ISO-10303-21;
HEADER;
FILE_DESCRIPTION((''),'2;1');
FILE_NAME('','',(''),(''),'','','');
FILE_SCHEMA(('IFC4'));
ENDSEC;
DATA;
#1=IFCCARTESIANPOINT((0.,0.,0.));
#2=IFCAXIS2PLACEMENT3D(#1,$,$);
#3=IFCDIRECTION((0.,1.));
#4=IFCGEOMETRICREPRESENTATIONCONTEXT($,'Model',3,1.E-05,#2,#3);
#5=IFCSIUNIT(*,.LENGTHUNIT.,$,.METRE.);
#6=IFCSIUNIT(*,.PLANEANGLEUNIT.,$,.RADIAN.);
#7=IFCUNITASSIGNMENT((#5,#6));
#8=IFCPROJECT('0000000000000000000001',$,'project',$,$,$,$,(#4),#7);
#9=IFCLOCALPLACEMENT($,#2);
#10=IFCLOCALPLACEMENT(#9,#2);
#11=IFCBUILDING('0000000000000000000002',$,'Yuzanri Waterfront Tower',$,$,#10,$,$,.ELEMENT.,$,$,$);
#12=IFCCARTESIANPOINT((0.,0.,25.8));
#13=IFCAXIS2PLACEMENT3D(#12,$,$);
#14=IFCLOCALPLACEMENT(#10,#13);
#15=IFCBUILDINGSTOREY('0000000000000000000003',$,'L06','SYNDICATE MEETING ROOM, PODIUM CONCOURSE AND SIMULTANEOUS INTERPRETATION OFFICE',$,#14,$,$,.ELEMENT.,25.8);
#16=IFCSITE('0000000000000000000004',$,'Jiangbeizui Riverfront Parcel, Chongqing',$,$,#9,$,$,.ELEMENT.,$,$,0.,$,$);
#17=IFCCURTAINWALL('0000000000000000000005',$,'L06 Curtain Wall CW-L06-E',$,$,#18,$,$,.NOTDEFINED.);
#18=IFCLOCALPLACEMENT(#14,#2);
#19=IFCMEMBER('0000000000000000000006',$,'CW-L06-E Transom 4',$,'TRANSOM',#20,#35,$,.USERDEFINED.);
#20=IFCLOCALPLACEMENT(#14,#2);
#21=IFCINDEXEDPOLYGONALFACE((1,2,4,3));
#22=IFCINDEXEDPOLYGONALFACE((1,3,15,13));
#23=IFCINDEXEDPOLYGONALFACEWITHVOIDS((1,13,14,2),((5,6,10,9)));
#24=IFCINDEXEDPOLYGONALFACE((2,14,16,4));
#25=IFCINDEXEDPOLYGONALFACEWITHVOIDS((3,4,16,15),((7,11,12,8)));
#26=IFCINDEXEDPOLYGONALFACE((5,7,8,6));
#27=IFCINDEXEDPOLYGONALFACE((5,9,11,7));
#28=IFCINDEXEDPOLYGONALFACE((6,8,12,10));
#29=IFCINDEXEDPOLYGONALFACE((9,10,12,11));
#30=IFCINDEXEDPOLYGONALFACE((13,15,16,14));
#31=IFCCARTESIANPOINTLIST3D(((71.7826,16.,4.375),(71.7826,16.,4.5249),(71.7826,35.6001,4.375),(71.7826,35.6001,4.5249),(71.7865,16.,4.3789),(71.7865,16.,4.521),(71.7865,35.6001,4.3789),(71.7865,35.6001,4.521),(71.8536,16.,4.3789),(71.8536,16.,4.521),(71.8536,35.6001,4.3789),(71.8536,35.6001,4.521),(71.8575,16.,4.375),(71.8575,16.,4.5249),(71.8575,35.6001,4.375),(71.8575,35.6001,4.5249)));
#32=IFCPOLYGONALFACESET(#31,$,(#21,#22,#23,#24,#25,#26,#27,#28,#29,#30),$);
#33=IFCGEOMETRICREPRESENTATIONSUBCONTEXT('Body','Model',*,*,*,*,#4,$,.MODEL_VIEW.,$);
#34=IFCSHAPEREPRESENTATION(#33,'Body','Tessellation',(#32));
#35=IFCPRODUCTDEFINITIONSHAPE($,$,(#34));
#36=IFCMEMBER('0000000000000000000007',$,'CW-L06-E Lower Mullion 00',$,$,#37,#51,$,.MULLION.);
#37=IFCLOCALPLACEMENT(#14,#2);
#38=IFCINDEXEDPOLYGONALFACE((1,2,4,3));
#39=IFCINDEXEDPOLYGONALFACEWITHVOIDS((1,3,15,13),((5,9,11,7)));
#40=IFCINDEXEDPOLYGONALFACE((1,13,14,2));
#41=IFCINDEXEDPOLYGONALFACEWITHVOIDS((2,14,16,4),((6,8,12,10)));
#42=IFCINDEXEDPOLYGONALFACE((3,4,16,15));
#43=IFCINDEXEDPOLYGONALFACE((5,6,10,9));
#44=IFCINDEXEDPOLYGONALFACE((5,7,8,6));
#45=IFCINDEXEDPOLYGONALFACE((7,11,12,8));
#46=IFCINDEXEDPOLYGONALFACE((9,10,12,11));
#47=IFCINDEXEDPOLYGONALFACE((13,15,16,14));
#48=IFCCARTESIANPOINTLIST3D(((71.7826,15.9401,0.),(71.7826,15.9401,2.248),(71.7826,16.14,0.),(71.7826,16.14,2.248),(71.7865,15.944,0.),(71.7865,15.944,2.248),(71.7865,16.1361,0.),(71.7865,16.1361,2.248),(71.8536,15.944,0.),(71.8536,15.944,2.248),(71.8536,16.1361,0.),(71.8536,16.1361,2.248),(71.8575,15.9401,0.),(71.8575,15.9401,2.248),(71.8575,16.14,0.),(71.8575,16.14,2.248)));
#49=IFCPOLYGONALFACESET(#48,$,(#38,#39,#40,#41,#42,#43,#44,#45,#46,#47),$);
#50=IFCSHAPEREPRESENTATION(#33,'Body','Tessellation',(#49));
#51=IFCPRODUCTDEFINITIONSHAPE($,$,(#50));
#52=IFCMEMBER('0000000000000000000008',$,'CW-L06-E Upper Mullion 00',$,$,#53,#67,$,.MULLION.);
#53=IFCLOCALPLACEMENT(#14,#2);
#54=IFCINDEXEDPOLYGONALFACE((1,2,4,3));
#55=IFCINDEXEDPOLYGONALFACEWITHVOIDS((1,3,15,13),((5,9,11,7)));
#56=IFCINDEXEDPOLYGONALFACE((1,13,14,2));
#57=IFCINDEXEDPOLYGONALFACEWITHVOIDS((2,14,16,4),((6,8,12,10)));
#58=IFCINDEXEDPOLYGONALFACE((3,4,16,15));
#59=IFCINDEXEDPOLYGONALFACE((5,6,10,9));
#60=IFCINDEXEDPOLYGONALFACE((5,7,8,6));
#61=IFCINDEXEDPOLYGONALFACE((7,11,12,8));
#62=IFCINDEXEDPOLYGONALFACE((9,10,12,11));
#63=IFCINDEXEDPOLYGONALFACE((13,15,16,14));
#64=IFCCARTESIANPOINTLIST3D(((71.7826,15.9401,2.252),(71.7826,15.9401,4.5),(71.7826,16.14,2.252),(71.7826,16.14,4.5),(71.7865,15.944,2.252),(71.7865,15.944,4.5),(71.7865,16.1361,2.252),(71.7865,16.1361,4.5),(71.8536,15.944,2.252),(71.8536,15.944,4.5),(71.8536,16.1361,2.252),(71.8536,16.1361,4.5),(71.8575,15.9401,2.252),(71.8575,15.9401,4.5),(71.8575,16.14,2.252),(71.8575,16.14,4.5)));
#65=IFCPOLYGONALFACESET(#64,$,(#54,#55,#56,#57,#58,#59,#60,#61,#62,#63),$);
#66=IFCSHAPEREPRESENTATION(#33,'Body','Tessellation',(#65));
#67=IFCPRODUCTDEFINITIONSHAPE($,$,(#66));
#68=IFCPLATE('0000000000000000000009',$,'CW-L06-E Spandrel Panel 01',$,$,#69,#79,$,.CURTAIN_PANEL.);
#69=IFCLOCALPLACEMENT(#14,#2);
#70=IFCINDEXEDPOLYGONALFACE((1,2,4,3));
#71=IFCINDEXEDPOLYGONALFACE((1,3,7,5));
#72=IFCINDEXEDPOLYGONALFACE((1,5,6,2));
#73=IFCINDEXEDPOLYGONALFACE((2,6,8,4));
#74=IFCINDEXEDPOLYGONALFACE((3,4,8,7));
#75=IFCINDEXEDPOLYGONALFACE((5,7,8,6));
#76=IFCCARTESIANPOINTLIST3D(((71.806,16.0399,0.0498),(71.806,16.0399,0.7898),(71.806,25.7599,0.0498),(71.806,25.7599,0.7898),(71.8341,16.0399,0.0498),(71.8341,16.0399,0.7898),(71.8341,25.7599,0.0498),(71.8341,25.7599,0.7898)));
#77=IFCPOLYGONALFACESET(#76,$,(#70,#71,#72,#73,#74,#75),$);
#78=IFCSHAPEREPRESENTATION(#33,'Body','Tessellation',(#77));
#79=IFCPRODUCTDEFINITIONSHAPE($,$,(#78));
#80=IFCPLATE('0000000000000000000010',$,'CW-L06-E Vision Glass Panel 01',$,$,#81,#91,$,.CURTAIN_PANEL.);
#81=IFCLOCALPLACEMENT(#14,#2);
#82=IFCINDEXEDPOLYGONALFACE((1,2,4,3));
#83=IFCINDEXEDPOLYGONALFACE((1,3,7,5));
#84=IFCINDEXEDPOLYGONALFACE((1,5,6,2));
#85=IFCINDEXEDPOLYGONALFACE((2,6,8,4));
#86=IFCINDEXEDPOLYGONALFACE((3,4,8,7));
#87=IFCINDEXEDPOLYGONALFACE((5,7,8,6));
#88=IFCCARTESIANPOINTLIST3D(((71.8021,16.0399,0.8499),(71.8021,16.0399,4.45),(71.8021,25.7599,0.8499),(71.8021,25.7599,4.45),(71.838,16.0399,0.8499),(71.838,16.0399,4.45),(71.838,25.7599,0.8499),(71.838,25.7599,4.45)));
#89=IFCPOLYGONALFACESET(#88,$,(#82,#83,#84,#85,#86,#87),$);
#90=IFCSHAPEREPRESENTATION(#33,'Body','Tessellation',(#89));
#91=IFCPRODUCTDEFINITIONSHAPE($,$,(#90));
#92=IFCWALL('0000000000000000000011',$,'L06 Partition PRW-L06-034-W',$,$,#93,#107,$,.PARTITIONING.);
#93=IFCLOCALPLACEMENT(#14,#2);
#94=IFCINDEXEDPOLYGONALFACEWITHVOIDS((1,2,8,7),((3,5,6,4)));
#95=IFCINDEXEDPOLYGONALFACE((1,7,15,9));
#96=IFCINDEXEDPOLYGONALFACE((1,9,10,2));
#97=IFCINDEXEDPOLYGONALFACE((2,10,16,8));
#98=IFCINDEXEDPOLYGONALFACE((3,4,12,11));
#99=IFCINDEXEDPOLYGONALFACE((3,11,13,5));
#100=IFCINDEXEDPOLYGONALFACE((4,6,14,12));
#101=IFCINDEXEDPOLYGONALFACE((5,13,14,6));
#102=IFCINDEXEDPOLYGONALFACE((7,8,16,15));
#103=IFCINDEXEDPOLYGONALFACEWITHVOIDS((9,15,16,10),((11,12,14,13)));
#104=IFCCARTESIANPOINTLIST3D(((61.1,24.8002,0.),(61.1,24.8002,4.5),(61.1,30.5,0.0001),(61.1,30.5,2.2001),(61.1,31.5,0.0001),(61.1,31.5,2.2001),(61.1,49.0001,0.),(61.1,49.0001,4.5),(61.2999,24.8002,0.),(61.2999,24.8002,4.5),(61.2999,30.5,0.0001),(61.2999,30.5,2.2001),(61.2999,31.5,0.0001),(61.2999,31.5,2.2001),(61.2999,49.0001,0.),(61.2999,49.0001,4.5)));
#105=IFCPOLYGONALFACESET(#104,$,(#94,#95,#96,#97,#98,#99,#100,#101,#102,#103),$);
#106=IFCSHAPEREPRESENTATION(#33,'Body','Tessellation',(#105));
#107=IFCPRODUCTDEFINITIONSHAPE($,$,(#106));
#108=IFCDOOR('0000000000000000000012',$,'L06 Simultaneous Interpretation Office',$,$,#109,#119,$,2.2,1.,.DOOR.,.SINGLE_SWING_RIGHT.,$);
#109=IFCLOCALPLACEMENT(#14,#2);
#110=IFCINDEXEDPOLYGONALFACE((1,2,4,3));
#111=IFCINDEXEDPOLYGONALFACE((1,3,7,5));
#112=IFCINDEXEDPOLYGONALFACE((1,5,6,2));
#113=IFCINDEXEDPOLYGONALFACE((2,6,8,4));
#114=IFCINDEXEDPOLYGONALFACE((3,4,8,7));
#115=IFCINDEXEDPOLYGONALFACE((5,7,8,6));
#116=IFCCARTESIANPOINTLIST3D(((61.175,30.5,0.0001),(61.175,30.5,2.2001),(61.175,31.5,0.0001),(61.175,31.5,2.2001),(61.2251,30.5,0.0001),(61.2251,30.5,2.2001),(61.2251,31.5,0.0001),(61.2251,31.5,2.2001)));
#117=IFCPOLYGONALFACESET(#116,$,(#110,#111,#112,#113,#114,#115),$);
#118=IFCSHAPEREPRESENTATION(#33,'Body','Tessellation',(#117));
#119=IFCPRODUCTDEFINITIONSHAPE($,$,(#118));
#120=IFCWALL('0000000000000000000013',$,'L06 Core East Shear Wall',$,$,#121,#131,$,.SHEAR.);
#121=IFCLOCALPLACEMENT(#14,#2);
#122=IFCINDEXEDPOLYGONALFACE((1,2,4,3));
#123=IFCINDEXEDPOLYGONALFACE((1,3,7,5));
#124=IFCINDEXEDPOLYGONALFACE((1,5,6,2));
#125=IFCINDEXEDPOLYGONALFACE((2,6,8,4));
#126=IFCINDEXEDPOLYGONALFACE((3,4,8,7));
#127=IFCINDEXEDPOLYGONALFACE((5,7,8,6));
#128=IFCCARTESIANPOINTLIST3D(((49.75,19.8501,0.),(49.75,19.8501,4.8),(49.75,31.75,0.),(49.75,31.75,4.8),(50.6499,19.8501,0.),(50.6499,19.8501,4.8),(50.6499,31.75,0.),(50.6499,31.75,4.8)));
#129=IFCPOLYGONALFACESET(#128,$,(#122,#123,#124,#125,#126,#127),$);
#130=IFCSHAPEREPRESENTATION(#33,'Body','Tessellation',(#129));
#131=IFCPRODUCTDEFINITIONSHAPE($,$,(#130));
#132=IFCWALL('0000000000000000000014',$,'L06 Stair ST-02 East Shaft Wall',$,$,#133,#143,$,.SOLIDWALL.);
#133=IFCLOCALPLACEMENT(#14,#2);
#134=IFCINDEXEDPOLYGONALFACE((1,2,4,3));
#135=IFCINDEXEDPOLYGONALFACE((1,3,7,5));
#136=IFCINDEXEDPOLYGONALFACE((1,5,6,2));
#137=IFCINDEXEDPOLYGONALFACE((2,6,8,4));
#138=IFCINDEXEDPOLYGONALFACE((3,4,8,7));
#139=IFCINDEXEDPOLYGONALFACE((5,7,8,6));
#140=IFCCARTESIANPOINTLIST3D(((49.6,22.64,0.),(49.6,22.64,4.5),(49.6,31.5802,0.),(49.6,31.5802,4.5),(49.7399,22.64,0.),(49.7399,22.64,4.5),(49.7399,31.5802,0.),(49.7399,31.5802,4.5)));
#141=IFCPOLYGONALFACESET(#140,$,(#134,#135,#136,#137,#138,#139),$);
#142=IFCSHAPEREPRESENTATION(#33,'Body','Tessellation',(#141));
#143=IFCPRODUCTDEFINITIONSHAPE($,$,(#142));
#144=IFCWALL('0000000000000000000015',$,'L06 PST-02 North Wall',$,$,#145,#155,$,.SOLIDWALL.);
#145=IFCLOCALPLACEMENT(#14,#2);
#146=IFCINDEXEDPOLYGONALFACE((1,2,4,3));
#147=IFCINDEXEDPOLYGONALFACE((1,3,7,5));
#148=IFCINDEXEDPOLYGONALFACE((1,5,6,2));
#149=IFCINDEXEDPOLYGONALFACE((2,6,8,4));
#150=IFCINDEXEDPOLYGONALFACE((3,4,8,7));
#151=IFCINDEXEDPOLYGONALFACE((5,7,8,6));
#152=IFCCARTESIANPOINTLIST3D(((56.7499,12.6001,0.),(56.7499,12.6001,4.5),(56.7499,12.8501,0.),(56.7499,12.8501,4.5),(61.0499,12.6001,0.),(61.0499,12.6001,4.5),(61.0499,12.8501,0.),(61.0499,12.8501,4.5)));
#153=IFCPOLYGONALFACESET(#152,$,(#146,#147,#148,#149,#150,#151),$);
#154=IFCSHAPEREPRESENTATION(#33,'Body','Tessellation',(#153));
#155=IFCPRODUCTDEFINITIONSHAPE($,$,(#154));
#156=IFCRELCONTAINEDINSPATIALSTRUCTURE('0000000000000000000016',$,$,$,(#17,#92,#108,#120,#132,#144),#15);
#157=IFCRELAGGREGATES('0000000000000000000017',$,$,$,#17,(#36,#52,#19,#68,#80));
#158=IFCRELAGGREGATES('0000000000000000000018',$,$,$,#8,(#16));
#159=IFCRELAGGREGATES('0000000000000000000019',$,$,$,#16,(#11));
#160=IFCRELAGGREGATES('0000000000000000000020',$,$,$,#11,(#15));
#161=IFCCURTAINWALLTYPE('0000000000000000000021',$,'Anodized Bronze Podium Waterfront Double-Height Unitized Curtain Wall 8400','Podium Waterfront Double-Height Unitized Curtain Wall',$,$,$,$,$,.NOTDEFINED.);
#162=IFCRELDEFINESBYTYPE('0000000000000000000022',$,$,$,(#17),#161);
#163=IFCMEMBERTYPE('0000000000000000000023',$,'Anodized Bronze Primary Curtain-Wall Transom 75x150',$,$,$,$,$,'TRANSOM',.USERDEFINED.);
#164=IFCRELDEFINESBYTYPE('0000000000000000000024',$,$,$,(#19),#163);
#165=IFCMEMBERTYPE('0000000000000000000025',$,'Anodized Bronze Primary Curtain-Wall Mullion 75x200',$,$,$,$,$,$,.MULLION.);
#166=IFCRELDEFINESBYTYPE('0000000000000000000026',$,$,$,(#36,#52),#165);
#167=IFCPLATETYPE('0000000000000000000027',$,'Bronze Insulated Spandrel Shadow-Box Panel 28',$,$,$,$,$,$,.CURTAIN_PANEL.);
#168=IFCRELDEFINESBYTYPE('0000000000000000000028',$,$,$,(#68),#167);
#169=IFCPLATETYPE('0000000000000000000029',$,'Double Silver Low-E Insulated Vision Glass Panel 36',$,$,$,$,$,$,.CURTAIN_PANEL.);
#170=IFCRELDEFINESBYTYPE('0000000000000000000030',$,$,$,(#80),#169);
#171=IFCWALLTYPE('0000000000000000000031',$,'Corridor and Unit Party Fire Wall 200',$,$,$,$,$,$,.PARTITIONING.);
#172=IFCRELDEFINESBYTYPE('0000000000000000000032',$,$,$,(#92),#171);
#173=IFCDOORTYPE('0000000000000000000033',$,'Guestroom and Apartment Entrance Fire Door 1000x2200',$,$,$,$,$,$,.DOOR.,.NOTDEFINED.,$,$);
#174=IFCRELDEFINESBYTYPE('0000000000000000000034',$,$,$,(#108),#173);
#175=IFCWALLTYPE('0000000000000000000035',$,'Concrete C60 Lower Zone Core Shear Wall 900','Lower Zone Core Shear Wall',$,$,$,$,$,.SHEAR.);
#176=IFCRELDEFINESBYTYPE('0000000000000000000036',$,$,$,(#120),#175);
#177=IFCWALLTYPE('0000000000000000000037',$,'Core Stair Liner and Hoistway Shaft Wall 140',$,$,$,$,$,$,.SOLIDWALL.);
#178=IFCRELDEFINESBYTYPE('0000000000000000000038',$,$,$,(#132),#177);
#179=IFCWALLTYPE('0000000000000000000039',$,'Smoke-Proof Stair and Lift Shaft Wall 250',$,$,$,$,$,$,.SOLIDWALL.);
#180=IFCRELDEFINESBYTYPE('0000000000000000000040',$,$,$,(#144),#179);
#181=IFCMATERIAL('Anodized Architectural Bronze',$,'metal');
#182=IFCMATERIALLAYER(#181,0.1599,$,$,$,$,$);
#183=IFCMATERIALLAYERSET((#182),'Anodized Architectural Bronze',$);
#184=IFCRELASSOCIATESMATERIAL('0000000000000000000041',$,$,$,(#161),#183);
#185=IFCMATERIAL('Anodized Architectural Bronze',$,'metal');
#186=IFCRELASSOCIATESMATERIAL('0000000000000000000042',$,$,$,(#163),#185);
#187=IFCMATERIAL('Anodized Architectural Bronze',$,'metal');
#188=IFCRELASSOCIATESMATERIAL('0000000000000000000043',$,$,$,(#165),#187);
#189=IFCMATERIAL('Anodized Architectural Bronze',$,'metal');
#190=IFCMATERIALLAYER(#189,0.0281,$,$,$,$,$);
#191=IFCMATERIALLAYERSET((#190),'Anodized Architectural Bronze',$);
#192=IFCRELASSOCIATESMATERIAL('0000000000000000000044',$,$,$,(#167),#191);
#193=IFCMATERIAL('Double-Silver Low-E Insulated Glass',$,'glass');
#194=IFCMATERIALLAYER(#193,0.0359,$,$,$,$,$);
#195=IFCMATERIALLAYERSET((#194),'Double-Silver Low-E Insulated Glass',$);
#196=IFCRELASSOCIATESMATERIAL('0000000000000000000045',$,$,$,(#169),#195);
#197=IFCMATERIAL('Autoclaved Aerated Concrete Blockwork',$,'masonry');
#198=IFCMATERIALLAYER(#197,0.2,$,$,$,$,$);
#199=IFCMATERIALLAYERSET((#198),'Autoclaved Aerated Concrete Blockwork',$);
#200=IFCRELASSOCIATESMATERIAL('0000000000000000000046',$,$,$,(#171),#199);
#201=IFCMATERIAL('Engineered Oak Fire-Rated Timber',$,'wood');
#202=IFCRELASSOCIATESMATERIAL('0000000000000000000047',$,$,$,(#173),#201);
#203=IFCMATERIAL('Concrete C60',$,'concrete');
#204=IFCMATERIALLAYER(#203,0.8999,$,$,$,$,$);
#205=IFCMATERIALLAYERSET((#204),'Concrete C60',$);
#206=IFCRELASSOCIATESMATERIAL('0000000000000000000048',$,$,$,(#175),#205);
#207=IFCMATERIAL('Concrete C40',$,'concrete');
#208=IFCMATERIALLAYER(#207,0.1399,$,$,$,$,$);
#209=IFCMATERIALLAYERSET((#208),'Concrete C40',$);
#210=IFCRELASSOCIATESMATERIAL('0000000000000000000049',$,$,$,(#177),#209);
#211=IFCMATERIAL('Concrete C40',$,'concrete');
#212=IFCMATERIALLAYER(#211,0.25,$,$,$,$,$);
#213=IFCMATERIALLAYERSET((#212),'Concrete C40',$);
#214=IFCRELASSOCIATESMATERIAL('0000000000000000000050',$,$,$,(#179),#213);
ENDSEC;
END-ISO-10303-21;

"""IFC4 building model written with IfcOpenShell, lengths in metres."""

from ifc_helpers import new_model, si_unit, direction, frame, frame_2d, origin, origin_2d, place, context, subcontext, project, spatial, rectangle, hollow_rectangle, extrude, source, transform, mapped, material, layer, layer_set, material_profile, profile_set, type_object, element, fill, aggregate, save


model = new_model("IFC4")

# Units and contexts
model_context = context("Model", 3, precision=1e-05, world=origin(), true_north=direction((0.0, 1.0)))
body_context = subcontext(model_context, "Body", "Model", "MODEL_VIEW")
ifc_project = project(units=[si_unit("LENGTHUNIT", "METRE"), si_unit("PLANEANGLEUNIT", "RADIAN")], contexts=[model_context])

# Site, building, storey
site_placement = place(None, origin())
site = spatial("IfcSite", under=ifc_project, at=site_placement, Name="Jiangbeizui Riverfront Parcel, Chongqing", CompositionType="ELEMENT", RefElevation=0.0)
building_placement = place(site_placement, origin())
building = spatial("IfcBuilding", under=site, at=building_placement, Name="Yuzanri Waterfront Tower", CompositionType="ELEMENT")
storey_placement = place(building_placement, frame((0.0, 0.0, 25.8)))
storey = spatial("IfcBuildingStorey", under=building, at=storey_placement, Name="L06", Description="SYNDICATE MEETING ROOM, PODIUM CONCOURSE AND SIMULTANEOUS INTERPRETATION OFFICE", CompositionType="ELEMENT", Elevation=25.8)

# Curtain wall, members, plates
ifc_material_1 = material(Name="Anodized Architectural Bronze", Category="metal")
ifc_layer_1 = layer(ifc_material_1, 0.1599)
ifc_layer_set_1 = layer_set([ifc_layer_1], Name="Anodized Architectural Bronze")
curtain_wall_type = type_object("IfcCurtainWallType", Name="Anodized Bronze Podium Waterfront Double-Height Unitized Curtain Wall 8400", Description="Podium Waterfront Double-Height Unitized Curtain Wall", PredefinedType="NOTDEFINED", material=ifc_layer_set_1)
curtain_wall_placement = place(storey_placement, origin())
curtain_wall = element("IfcCurtainWall", 1, at=curtain_wall_placement, inside=storey, type_object=curtain_wall_type, Name="L06 Curtain Wall CW-L06-E", PredefinedType="NOTDEFINED")
ifc_material_2 = material(Name="Anodized Architectural Bronze", Category="metal")
ifc_material_profile_1 = material_profile(ifc_material_2, hollow_rectangle(XDim=0.075, YDim=0.1499, WallThickness=0.0039, at=origin_2d()), Name="CWT 75x150")
ifc_profile_set_1 = profile_set([ifc_material_profile_1], Name="Anodized Architectural Bronze")
member_type_1 = type_object("IfcMemberType", Name="Anodized Bronze Primary Curtain-Wall Transom 75x150", ElementType="TRANSOM", PredefinedType="USERDEFINED", material=ifc_profile_set_1)
shared_shape_1 = source(origin(), body_context, "Body", "SweptSolid", [
    extrude(hollow_rectangle(XDim=0.075, YDim=0.1499, WallThickness=0.0039, at=origin_2d()), origin(), (0.0, 0.0, 1.0), 19.6001),
])
member_1_placement = place(storey_placement, frame((71.8201, 16.0, 4.45), z_axis=(0.0, 1.0, 0.0), x_axis=(-1.0, 0.0, 0.0)))
member_1 = element("IfcMember", 2, at=member_1_placement, type_object=member_type_1, Name="CW-L06-E Transom 4", ObjectType="TRANSOM", PredefinedType="USERDEFINED", context=body_context, shape_type="MappedRepresentation", body=[
    mapped(shared_shape_1, transform((0.0, 0.0, 0.0), scale=1.0)),
])
ifc_material_3 = material(Name="Anodized Architectural Bronze", Category="metal")
ifc_material_profile_2 = material_profile(ifc_material_3, hollow_rectangle(XDim=0.075, YDim=0.2, WallThickness=0.0039, at=origin_2d()), Name="CWM 75x200")
ifc_profile_set_2 = profile_set([ifc_material_profile_2], Name="Anodized Architectural Bronze")
member_type_2 = type_object("IfcMemberType", Name="Anodized Bronze Primary Curtain-Wall Mullion 75x200", PredefinedType="MULLION", material=ifc_profile_set_2)
shared_shape_2 = source(origin(), body_context, "Body", "SweptSolid", [
    extrude(hollow_rectangle(XDim=0.075, YDim=0.2, WallThickness=0.0039, at=origin_2d()), origin(), (0.0, 0.0, 1.0), 2.248),
])
member_2_placement = place(storey_placement, frame((71.8201, 16.04, 0.0), z_axis=(0.0, 0.0, 1.0), x_axis=(1.0, 0.0, 0.0)))
member_2 = element("IfcMember", 3, at=member_2_placement, type_object=member_type_2, Name="CW-L06-E Lower Mullion 00", PredefinedType="MULLION", context=body_context, shape_type="MappedRepresentation", body=[
    mapped(shared_shape_2, transform((0.0, 0.0, 0.0), scale=1.0)),
])
member_3_placement = place(storey_placement, frame((71.8201, 16.04, 2.252), z_axis=(0.0, 0.0, 1.0), x_axis=(1.0, 0.0, 0.0)))
member_3 = element("IfcMember", 4, at=member_3_placement, type_object=member_type_2, Name="CW-L06-E Upper Mullion 00", PredefinedType="MULLION", context=body_context, shape_type="MappedRepresentation", body=[
    mapped(shared_shape_2, transform((0.0, 0.0, 0.0), scale=1.0)),
])
ifc_material_4 = material(Name="Anodized Architectural Bronze", Category="metal")
ifc_layer_2 = layer(ifc_material_4, 0.0281)
ifc_layer_set_2 = layer_set([ifc_layer_2], Name="Anodized Architectural Bronze")
plate_type_1 = type_object("IfcPlateType", Name="Bronze Insulated Spandrel Shadow-Box Panel 28", PredefinedType="CURTAIN_PANEL", material=ifc_layer_set_2)
shared_shape_3 = source(origin(), body_context, "Body", "SweptSolid", [
    extrude(rectangle(XDim=9.72, YDim=0.0281, at=origin_2d()), origin(), (0.0, 0.0, 1.0), 0.74),
])
plate_1_placement = place(storey_placement, frame((71.8201, 20.8999, 0.0498), z_axis=(0.0, 0.0, 1.0), x_axis=(0.0, 1.0, 0.0)))
plate_1 = element("IfcPlate", 5, at=plate_1_placement, type_object=plate_type_1, Name="CW-L06-E Spandrel Panel 01", PredefinedType="CURTAIN_PANEL", context=body_context, shape_type="MappedRepresentation", body=[
    mapped(shared_shape_3, transform((0.0, 0.0, 0.0), scale=1.0)),
])
ifc_material_5 = material(Name="Double-Silver Low-E Insulated Glass", Category="glass")
ifc_layer_3 = layer(ifc_material_5, 0.0359)
ifc_layer_set_3 = layer_set([ifc_layer_3], Name="Double-Silver Low-E Insulated Glass")
plate_type_2 = type_object("IfcPlateType", Name="Double Silver Low-E Insulated Vision Glass Panel 36", PredefinedType="CURTAIN_PANEL", material=ifc_layer_set_3)
shared_shape_4 = source(origin(), body_context, "Body", "SweptSolid", [
    extrude(rectangle(XDim=9.72, YDim=0.0359, at=origin_2d()), origin(), (0.0, 0.0, 1.0), 3.6001),
])
plate_2_placement = place(storey_placement, frame((71.8201, 20.8999, 0.8499), z_axis=(0.0, 0.0, 1.0), x_axis=(0.0, 1.0, 0.0)))
plate_2 = element("IfcPlate", 6, at=plate_2_placement, type_object=plate_type_2, Name="CW-L06-E Vision Glass Panel 01", PredefinedType="CURTAIN_PANEL", context=body_context, shape_type="MappedRepresentation", body=[
    mapped(shared_shape_4, transform((0.0, 0.0, 0.0), scale=1.0)),
])
aggregate(curtain_wall, [member_2, member_3, member_1, plate_1, plate_2])

# Wall, opening, door
ifc_material_6 = material(Name="Autoclaved Aerated Concrete Blockwork", Category="masonry")
ifc_layer_4 = layer(ifc_material_6, 0.2)
ifc_layer_set_4 = layer_set([ifc_layer_4], Name="Autoclaved Aerated Concrete Blockwork")
wall_type_1 = type_object("IfcWallType", Name="Corridor and Unit Party Fire Wall 200", PredefinedType="PARTITIONING", material=ifc_layer_set_4)
wall_1_placement = place(storey_placement, frame((61.2, 24.8, 0.0), z_axis=(0.0, 0.0, 1.0), x_axis=(0.0, 1.0, 0.0)))
wall_1 = element("IfcWall", 7, at=wall_1_placement, inside=storey, type_object=wall_type_1, Name="L06 Partition PRW-L06-034-W", PredefinedType="PARTITIONING", context=body_context, shape_type="SweptSolid", body=[
    extrude(rectangle(XDim=24.2, YDim=0.2, at=frame_2d((12.1001, 0.0))), origin(), (0.0, 0.0, 1.0), 4.5),
])
opening_placement = place(wall_1_placement, frame((5.7, 0.0, 0.0)))
opening = element("IfcOpeningElement", 8, at=opening_placement, cuts=wall_1, PredefinedType="OPENING", context=body_context, shape_type="SweptSolid", body=[
    extrude(rectangle(XDim=1.0, YDim=2.2, at=frame_2d((0.5, 1.1001))), frame((0.0, 0.1147, 0.0), z_axis=(0.0, -1.0, 0.0), x_axis=(1.0, 0.0, 0.0)), (0.0, 0.0, 1.0), 0.2297),
])
ifc_material_7 = material(Name="Engineered Oak Fire-Rated Timber", Category="wood")
door_type = type_object("IfcDoorType", Name="Guestroom and Apartment Entrance Fire Door 1000x2200", OperationType="NOTDEFINED", PredefinedType="DOOR", material=ifc_material_7)
shared_shape_5 = source(origin(), body_context, "Body", "SweptSolid", [
    extrude(rectangle(XDim=1.0, YDim=2.2, at=frame_2d((0.5, 1.1001))), frame((0.0, 0.0249, 0.0), z_axis=(0.0, -1.0, 0.0), x_axis=(1.0, 0.0, 0.0)), (0.0, 0.0, 1.0), 0.05),
])
door_placement = place(opening_placement, origin())
door = element("IfcDoor", 9, at=door_placement, inside=storey, type_object=door_type, Name="L06 Simultaneous Interpretation Office", OperationType="SINGLE_SWING_RIGHT", OverallHeight=2.2, OverallWidth=1.0, PredefinedType="DOOR", context=body_context, shape_type="MappedRepresentation", body=[
    mapped(shared_shape_5, transform((0.0, 0.0, 0.0), scale=1.0)),
])
fill(opening, door)

# Walls
ifc_material_8 = material(Name="Concrete C60", Category="concrete")
ifc_layer_5 = layer(ifc_material_8, 0.8999)
ifc_layer_set_5 = layer_set([ifc_layer_5], Name="Concrete C60")
wall_type_2 = type_object("IfcWallType", Name="Concrete C60 Lower Zone Core Shear Wall 900", Description="Lower Zone Core Shear Wall", PredefinedType="SHEAR", material=ifc_layer_set_5)
shared_shape_6 = source(origin(), body_context, "Body", "SweptSolid", [
    extrude(rectangle(XDim=11.8999, YDim=0.8999, at=frame_2d((5.95, 0.0))), origin(), (0.0, 0.0, 1.0), 4.8),
])
wall_2_placement = place(storey_placement, frame((50.2, 19.8501, 0.0), z_axis=(0.0, 0.0, 1.0), x_axis=(0.0, 1.0, 0.0)))
element("IfcWall", 10, at=wall_2_placement, inside=storey, type_object=wall_type_2, Name="L06 Core East Shear Wall", PredefinedType="SHEAR", context=body_context, shape_type="MappedRepresentation", body=[
    mapped(shared_shape_6, transform((0.0, 0.0, 0.0), scale=1.0)),
])
ifc_material_9 = material(Name="Concrete C40", Category="concrete")
ifc_layer_6 = layer(ifc_material_9, 0.1399)
ifc_layer_set_6 = layer_set([ifc_layer_6], Name="Concrete C40")
wall_type_3 = type_object("IfcWallType", Name="Core Stair Liner and Hoistway Shaft Wall 140", PredefinedType="SOLIDWALL", material=ifc_layer_set_6)
shared_shape_7 = source(origin(), body_context, "Body", "SweptSolid", [
    extrude(rectangle(XDim=8.9402, YDim=0.1399, at=frame_2d((4.4702, 0.0))), origin(), (0.0, 0.0, 1.0), 4.5),
])
wall_3_placement = place(storey_placement, frame((49.6699, 22.6399, 0.0), z_axis=(0.0, 0.0, 1.0), x_axis=(0.0, 1.0, 0.0)))
element("IfcWall", 11, at=wall_3_placement, inside=storey, type_object=wall_type_3, Name="L06 Stair ST-02 East Shaft Wall", PredefinedType="SOLIDWALL", context=body_context, shape_type="MappedRepresentation", body=[
    mapped(shared_shape_7, transform((0.0, 0.0, 0.0), scale=1.0)),
])
ifc_material_10 = material(Name="Concrete C40", Category="concrete")
ifc_layer_7 = layer(ifc_material_10, 0.25)
ifc_layer_set_7 = layer_set([ifc_layer_7], Name="Concrete C40")
wall_type_4 = type_object("IfcWallType", Name="Smoke-Proof Stair and Lift Shaft Wall 250", PredefinedType="SOLIDWALL", material=ifc_layer_set_7)
shared_shape_8 = source(origin(), body_context, "Body", "SweptSolid", [
    extrude(rectangle(XDim=4.3, YDim=0.25, at=frame_2d((2.1499, 0.0))), origin(), (0.0, 0.0, 1.0), 4.5),
])
wall_4_placement = place(storey_placement, frame((56.75, 12.7251, 0.0), z_axis=(0.0, 0.0, 1.0), x_axis=(1.0, 0.0, 0.0)))
element("IfcWall", 12, at=wall_4_placement, inside=storey, type_object=wall_type_4, Name="L06 PST-02 North Wall", PredefinedType="SOLIDWALL", context=body_context, shape_type="MappedRepresentation", body=[
    mapped(shared_shape_8, transform((0.0, 0.0, 0.0), scale=1.0)),
])

save(model, "model.ifc")
